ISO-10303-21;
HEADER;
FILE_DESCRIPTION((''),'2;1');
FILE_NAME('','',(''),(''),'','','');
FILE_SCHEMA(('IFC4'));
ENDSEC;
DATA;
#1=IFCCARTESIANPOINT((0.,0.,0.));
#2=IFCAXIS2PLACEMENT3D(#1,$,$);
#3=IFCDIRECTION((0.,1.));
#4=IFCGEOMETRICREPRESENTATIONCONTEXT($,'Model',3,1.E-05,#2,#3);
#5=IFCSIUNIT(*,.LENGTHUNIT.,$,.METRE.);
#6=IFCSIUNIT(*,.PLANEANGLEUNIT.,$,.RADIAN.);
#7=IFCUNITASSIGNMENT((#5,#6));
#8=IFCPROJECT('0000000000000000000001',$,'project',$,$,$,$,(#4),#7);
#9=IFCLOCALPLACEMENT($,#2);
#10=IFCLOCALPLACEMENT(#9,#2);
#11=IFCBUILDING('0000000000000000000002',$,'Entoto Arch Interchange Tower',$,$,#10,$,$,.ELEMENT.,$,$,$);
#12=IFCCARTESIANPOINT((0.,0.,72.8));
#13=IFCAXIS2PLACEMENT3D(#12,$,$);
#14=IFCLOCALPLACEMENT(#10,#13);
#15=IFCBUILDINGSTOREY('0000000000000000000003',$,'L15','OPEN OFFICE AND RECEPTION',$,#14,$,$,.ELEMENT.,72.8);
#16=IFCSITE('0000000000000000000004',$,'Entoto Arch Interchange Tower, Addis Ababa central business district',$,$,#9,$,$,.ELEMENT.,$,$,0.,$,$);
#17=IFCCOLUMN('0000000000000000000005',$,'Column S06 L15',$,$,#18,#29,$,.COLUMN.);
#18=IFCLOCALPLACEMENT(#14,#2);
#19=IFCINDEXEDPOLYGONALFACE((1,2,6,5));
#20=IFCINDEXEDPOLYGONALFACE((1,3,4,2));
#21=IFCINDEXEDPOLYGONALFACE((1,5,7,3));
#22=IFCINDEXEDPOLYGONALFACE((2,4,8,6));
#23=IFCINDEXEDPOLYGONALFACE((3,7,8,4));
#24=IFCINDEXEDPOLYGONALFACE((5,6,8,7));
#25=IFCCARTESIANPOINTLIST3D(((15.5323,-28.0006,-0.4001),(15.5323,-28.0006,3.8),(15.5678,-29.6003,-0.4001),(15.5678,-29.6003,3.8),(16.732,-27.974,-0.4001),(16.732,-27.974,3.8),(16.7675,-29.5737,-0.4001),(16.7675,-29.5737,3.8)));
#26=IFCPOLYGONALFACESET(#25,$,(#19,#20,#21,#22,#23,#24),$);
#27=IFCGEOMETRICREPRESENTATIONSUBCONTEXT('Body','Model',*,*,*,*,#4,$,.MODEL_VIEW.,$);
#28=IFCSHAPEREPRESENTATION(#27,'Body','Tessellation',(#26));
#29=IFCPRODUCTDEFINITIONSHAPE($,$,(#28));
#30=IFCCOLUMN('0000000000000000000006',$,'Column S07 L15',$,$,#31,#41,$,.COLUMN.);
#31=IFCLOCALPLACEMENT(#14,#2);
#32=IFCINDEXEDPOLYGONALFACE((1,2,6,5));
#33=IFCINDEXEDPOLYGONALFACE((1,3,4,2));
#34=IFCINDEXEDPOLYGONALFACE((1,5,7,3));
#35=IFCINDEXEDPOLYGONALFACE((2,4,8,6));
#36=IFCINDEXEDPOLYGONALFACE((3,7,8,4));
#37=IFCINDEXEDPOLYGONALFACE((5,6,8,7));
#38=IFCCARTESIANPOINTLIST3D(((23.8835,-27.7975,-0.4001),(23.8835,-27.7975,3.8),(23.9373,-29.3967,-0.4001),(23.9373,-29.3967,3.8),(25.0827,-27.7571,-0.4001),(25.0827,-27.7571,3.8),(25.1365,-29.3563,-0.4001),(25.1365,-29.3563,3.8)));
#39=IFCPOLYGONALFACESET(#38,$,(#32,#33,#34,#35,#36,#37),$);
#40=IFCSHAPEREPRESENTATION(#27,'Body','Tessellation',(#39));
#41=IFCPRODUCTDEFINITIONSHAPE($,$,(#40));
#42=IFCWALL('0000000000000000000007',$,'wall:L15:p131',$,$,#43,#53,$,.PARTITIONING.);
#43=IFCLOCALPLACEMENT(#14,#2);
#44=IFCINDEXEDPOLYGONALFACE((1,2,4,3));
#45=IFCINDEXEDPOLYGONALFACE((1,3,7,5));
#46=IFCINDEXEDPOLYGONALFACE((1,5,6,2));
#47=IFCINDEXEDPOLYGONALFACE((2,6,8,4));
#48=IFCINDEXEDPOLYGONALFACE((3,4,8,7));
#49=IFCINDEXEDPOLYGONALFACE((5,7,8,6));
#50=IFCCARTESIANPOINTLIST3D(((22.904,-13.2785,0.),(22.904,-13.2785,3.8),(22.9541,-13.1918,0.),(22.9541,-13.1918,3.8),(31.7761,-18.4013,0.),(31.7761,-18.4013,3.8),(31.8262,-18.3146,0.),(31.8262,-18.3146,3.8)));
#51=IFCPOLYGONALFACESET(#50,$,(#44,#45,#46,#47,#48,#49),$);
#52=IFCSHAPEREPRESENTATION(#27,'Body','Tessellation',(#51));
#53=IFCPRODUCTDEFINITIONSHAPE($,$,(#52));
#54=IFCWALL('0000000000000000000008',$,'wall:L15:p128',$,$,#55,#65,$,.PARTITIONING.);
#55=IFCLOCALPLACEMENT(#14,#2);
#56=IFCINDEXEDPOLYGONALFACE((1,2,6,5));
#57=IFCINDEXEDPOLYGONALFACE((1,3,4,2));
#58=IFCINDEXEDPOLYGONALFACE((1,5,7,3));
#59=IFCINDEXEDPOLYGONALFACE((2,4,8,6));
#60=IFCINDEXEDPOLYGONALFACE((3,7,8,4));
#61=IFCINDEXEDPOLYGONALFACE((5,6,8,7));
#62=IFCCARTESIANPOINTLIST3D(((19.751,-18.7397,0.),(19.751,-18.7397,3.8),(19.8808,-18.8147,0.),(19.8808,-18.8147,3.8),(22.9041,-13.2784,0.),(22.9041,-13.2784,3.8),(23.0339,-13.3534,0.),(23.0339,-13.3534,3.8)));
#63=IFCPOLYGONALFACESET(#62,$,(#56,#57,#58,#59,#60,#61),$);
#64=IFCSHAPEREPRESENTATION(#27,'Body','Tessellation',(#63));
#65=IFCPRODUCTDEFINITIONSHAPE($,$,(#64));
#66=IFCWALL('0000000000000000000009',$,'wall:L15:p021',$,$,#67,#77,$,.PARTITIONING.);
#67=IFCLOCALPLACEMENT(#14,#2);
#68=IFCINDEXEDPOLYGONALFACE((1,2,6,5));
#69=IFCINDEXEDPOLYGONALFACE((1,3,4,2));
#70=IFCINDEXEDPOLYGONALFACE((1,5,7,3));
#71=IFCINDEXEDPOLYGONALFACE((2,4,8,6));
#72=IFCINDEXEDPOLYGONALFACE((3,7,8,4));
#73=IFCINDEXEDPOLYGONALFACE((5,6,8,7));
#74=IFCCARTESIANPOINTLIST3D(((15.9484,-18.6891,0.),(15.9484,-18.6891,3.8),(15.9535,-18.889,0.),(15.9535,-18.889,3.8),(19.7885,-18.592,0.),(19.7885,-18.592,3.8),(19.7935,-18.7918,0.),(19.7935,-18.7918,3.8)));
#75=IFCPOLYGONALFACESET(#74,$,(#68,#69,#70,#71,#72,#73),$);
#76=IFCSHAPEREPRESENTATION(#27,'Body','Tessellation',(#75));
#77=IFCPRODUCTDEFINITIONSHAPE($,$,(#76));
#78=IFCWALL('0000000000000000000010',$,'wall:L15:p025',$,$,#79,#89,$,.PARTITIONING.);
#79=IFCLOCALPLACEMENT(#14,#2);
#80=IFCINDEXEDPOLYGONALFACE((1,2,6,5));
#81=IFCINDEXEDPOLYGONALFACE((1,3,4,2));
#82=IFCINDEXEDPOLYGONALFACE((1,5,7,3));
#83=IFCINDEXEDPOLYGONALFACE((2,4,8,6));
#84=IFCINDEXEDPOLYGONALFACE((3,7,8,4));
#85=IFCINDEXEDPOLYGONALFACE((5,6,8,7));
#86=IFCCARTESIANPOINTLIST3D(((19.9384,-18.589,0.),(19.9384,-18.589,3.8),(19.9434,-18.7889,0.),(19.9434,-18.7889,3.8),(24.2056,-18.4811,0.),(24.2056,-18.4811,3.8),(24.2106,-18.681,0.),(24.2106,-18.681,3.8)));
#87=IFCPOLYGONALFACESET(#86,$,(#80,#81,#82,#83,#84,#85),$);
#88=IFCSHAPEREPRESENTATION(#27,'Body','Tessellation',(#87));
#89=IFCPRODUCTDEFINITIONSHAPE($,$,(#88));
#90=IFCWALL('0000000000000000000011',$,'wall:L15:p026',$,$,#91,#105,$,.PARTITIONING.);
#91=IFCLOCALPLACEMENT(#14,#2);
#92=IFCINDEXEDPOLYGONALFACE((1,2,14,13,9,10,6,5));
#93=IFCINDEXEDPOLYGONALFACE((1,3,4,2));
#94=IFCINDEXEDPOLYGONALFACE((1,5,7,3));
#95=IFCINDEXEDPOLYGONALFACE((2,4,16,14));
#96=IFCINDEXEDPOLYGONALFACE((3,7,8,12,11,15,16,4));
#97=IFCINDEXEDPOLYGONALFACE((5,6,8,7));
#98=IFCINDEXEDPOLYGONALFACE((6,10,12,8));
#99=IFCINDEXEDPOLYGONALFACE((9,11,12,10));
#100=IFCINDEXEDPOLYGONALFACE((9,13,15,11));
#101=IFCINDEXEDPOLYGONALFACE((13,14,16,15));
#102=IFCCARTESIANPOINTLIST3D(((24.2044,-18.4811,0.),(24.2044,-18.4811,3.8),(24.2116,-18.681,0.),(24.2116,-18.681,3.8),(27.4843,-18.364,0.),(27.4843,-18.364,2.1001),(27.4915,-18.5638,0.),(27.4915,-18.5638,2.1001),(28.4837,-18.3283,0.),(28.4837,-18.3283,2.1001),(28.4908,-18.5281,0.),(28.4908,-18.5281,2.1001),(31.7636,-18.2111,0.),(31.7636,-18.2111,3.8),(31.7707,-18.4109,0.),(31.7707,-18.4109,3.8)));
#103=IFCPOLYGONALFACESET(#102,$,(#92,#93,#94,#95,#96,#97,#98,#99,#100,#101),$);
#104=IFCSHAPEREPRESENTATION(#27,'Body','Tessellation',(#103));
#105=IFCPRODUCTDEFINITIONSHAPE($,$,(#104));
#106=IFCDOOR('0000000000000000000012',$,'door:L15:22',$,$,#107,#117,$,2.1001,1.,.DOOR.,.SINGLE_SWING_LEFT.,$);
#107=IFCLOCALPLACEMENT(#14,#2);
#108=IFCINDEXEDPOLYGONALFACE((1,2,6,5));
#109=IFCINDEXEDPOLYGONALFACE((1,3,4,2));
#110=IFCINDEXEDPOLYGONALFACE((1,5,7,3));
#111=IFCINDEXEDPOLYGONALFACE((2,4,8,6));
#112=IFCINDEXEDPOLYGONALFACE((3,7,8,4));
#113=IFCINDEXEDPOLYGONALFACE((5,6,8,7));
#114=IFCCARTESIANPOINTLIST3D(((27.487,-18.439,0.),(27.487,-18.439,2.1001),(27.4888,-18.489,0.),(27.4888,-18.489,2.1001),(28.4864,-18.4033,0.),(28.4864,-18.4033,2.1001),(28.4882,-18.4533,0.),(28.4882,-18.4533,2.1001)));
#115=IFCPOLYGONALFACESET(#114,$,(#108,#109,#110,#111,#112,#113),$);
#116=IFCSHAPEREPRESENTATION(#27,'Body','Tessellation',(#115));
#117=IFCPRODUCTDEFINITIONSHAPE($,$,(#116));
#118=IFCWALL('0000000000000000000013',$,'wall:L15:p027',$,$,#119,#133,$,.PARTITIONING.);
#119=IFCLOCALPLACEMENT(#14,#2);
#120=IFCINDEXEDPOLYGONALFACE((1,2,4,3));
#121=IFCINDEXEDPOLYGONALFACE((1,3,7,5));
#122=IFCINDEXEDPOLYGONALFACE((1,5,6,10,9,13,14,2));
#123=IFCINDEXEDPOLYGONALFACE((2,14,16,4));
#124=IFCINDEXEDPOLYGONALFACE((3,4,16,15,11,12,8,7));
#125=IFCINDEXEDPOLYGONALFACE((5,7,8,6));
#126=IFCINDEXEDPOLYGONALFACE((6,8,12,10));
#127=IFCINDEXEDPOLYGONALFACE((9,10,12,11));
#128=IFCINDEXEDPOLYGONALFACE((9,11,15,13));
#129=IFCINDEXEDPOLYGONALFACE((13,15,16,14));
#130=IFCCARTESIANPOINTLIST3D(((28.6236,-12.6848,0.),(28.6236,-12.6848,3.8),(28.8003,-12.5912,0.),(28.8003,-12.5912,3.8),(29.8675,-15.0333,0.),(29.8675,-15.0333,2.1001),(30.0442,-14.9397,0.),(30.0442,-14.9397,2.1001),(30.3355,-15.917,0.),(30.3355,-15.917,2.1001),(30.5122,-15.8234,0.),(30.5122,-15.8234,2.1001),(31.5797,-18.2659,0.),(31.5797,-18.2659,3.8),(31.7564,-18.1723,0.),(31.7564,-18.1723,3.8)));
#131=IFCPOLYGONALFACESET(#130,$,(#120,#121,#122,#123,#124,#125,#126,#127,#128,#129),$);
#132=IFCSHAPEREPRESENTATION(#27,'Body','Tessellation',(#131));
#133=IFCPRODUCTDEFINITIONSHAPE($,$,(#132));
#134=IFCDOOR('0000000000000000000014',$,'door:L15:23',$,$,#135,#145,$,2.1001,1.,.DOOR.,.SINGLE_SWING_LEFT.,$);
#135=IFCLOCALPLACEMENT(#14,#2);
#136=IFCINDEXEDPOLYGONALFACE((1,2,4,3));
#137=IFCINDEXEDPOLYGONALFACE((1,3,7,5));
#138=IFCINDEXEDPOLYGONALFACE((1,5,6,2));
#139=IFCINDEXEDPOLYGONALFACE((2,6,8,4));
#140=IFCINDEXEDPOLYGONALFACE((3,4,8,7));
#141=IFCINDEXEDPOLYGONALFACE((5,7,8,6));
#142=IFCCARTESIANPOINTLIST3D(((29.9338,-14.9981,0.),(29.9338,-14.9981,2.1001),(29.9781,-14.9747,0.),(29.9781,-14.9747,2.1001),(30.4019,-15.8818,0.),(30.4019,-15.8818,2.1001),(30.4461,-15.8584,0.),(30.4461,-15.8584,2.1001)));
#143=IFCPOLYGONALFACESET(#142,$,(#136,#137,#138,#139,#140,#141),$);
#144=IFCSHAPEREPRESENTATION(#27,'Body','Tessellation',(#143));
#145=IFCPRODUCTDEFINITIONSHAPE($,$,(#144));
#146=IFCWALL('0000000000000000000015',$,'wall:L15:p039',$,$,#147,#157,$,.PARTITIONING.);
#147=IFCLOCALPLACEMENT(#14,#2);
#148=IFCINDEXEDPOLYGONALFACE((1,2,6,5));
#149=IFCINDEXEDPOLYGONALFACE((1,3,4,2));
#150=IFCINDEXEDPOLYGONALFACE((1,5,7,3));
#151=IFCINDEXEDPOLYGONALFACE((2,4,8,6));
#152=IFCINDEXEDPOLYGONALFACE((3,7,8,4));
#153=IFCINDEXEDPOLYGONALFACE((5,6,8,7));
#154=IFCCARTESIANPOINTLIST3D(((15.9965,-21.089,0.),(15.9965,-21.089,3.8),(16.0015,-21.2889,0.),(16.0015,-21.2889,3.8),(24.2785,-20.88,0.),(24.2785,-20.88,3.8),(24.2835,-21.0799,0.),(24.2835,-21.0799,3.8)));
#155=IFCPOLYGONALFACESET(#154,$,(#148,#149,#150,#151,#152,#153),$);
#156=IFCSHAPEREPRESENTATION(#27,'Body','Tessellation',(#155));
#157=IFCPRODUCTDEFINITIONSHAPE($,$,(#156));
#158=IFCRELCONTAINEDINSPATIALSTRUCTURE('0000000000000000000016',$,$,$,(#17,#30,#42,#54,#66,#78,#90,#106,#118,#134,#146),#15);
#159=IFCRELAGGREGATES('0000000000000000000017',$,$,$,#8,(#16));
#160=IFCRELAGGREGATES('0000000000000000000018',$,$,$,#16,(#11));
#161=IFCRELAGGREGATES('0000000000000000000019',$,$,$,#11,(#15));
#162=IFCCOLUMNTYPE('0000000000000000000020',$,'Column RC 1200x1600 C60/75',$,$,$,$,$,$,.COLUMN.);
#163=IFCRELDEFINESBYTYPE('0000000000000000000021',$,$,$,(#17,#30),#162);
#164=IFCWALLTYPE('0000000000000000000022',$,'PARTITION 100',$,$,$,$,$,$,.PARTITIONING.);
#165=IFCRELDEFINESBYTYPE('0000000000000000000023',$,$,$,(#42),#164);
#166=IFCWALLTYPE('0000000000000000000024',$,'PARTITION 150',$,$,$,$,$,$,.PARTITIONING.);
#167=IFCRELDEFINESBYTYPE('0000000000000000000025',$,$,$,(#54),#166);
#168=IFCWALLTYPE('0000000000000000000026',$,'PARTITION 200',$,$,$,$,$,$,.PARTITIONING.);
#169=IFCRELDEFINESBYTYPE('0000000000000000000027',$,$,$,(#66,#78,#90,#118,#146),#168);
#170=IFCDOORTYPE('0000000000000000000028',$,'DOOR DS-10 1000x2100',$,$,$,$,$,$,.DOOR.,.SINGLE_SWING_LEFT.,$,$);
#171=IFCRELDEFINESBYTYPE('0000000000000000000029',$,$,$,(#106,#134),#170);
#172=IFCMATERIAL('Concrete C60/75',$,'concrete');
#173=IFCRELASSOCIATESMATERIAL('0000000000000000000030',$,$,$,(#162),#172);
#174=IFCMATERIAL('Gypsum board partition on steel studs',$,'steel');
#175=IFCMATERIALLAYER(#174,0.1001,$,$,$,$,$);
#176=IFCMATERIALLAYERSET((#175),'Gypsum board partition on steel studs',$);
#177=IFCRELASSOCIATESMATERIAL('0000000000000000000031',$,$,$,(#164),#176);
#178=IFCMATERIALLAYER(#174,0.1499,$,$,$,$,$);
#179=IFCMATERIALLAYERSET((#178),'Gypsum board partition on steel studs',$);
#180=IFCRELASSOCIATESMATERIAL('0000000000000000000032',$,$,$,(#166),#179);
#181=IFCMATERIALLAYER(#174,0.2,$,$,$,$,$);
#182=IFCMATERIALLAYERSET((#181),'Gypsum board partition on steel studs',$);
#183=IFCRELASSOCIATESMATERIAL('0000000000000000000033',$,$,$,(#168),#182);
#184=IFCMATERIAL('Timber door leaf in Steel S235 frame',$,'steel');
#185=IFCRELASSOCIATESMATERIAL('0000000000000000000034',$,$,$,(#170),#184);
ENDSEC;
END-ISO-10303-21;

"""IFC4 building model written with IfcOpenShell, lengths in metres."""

from ifc_helpers import new_model, si_unit, direction, frame, frame_2d, origin, origin_2d, place, context, subcontext, project, spatial, rectangle, extrude, material, layer, layer_set, material_profile, profile_set, type_object, element, fill, save


model = new_model("IFC4")

# Units and contexts
model_context = context("Model", 3, precision=1e-05, world=origin(), true_north=direction((0.0, 1.0)))
body_context = subcontext(model_context, "Body", "Model", "MODEL_VIEW")
ifc_project = project(units=[si_unit("LENGTHUNIT", "METRE"), si_unit("PLANEANGLEUNIT", "RADIAN")], contexts=[model_context])

# Site, building, storey
site_placement = place(None, origin())
site = spatial("IfcSite", under=ifc_project, at=site_placement, Name="Entoto Arch Interchange Tower, Addis Ababa central business district", CompositionType="ELEMENT", RefElevation=0.0)
building_placement = place(site_placement, origin())
building = spatial("IfcBuilding", under=site, at=building_placement, Name="Entoto Arch Interchange Tower", CompositionType="ELEMENT")
storey_placement = place(building_placement, frame((0.0, 0.0, 72.8)))
storey = spatial("IfcBuildingStorey", under=building, at=storey_placement, Name="L15", Description="OPEN OFFICE AND RECEPTION", CompositionType="ELEMENT", Elevation=72.8)

# Columns
ifc_material_1 = material(Name="Concrete C60/75", Category="concrete")
ifc_material_profile = material_profile(ifc_material_1, rectangle(XDim=1.2, YDim=1.6001, at=origin_2d()))
ifc_profile_set = profile_set([ifc_material_profile], Name="Concrete C60/75")
column_type = type_object("IfcColumnType", Name="Column RC 1200x1600 C60/75", PredefinedType="COLUMN", material=ifc_profile_set)
for number, where, z_axis, x_axis, name in (
    (1, (16.1499, -28.7871, -0.4001), (0.0, 0.0, 1.0), (0.999754, 0.022164, 0.0), "Column S06 L15"),
    (2, (24.51, -28.5769, -0.4001), (0.0, 0.0, 1.0), (0.999434, 0.033626, 0.0), "Column S07 L15"),
):
    element("IfcColumn", number, at=place(storey_placement, frame(where, z_axis=z_axis, x_axis=x_axis)), inside=storey, type_object=column_type, Name=name, PredefinedType="COLUMN", context=body_context, shape_type="SweptSolid", body=[
        extrude(rectangle(XDim=1.2, YDim=1.6001, at=origin_2d()), origin(), (0.0, 0.0, 1.0), 4.2002),
    ])

# Walls
ifc_material_2 = material(Name="Gypsum board partition on steel studs", Category="steel")
ifc_layer_1 = layer(ifc_material_2, 0.1001)
ifc_layer_set_1 = layer_set([ifc_layer_1], Name="Gypsum board partition on steel studs")
wall_type_1 = type_object("IfcWallType", Name="PARTITION 100", PredefinedType="PARTITIONING", material=ifc_layer_set_1)
wall_1_placement = place(storey_placement, frame((22.929, -13.2351, 0.0), z_axis=(0.0, 0.0, 1.0), x_axis=(0.866004, -0.500037, 0.0)))
element("IfcWall", 3, at=wall_1_placement, inside=storey, type_object=wall_type_1, Name="wall:L15:p131", PredefinedType="PARTITIONING", context=body_context, shape_type="SweptSolid", body=[
    extrude(rectangle(XDim=10.2449, YDim=0.1001, at=frame_2d((5.1226, 0.0))), origin(), (0.0, 0.0, 1.0), 3.8),
])
ifc_layer_2 = layer(ifc_material_2, 0.1499)
ifc_layer_set_2 = layer_set([ifc_layer_2], Name="Gypsum board partition on steel studs")
wall_type_2 = type_object("IfcWallType", Name="PARTITION 150", PredefinedType="PARTITIONING", material=ifc_layer_set_2)
wall_2_placement = place(storey_placement, frame((22.969, -13.3159, 0.0), z_axis=(0.0, 0.0, 1.0), x_axis=(-0.500007, -0.866021, 0.0)))
element("IfcWall", 4, at=wall_2_placement, inside=storey, type_object=wall_type_2, Name="wall:L15:p128", PredefinedType="PARTITIONING", context=body_context, shape_type="SweptSolid", body=[
    extrude(rectangle(XDim=6.3062, YDim=0.1499, at=frame_2d((3.1531, 0.0))), origin(), (0.0, 0.0, 1.0), 3.8),
])
ifc_layer_3 = layer(ifc_material_2, 0.2)
ifc_layer_set_3 = layer_set([ifc_layer_3], Name="Gypsum board partition on steel studs")
wall_type_3 = type_object("IfcWallType", Name="PARTITION 200", PredefinedType="PARTITIONING", material=ifc_layer_set_3)
wall_3_placement = place(storey_placement, frame((15.9509, -18.7891, 0.0), z_axis=(0.0, 0.0, 1.0), x_axis=(0.99968, 0.025295, 0.0)))
element("IfcWall", 5, at=wall_3_placement, inside=storey, type_object=wall_type_3, Name="wall:L15:p021", PredefinedType="PARTITIONING", context=body_context, shape_type="SweptSolid", body=[
    extrude(rectangle(XDim=3.8413, YDim=0.2, at=frame_2d((1.9207, 0.0))), origin(), (0.0, 0.0, 1.0), 3.8),
])
wall_4_placement = place(storey_placement, frame((19.9409, -18.689, 0.0), z_axis=(0.0, 0.0, 1.0), x_axis=(0.99968, 0.025281, 0.0)))
element("IfcWall", 6, at=wall_4_placement, inside=storey, type_object=wall_type_3, Name="wall:L15:p025", PredefinedType="PARTITIONING", context=body_context, shape_type="SweptSolid", body=[
    extrude(rectangle(XDim=4.2686, YDim=0.2, at=frame_2d((2.1343, 0.0))), origin(), (0.0, 0.0, 1.0), 3.8),
])

# Walls, openings, doors
wall_5_placement = place(storey_placement, frame((24.208, -18.5811, 0.0), z_axis=(0.0, 0.0, 1.0), x_axis=(0.999363, 0.035698, 0.0)))
wall_5 = element("IfcWall", 7, at=wall_5_placement, inside=storey, type_object=wall_type_3, Name="wall:L15:p026", PredefinedType="PARTITIONING", context=body_context, shape_type="SweptSolid", body=[
    extrude(rectangle(XDim=7.564, YDim=0.2, at=frame_2d((3.782, 0.0))), origin(), (0.0, 0.0, 1.0), 3.8),
])
opening_1_placement = place(wall_5_placement, frame((3.282, 0.0, 0.0)))
opening_1 = element("IfcOpeningElement", 8, at=opening_1_placement, cuts=wall_5, PredefinedType="OPENING", context=body_context, shape_type="SweptSolid", body=[
    extrude(rectangle(XDim=1.0, YDim=2.1001, at=frame_2d((0.5, 1.05))), frame((0.0, 0.1099, 0.0), z_axis=(0.0, -1.0, 0.0), x_axis=(1.0, 0.0, 0.0)), (0.0, 0.0, 1.0), 0.22),
])
ifc_material_3 = material(Name="Timber door leaf in Steel S235 frame", Category="steel")
door_type = type_object("IfcDoorType", Name="DOOR DS-10 1000x2100", OperationType="SINGLE_SWING_LEFT", PredefinedType="DOOR", material=ifc_material_3)
door_1_placement = place(opening_1_placement, origin())
door_1 = element("IfcDoor", 9, at=door_1_placement, inside=storey, type_object=door_type, Name="door:L15:22", OperationType="SINGLE_SWING_LEFT", OverallHeight=2.1001, OverallWidth=1.0, PredefinedType="DOOR", context=body_context, shape_type="SweptSolid", body=[
    extrude(rectangle(XDim=1.0, YDim=2.1001, at=frame_2d((0.5, 1.05))), frame((0.0, 0.0249, 0.0), z_axis=(0.0, -1.0, 0.0), x_axis=(1.0, 0.0, 0.0)), (0.0, 0.0, 1.0), 0.05),
])
fill(opening_1, door_1)
wall_6_placement = place(storey_placement, frame((31.668, -18.219, 0.0), z_axis=(0.0, 0.0, 1.0), x_axis=(-0.468058, 0.883698, 0.0)))
wall_6 = element("IfcWall", 10, at=wall_6_placement, inside=storey, type_object=wall_type_3, Name="wall:L15:p027", PredefinedType="PARTITIONING", context=body_context, shape_type="SweptSolid", body=[
    extrude(rectangle(XDim=6.3157, YDim=0.2, at=frame_2d((3.1577, 0.0))), origin(), (0.0, 0.0, 1.0), 3.8),
])
opening_2_placement = place(wall_6_placement, frame((2.658, 0.0, 0.0)))
opening_2 = element("IfcOpeningElement", 11, at=opening_2_placement, cuts=wall_6, PredefinedType="OPENING", context=body_context, shape_type="SweptSolid", body=[
    extrude(rectangle(XDim=1.0, YDim=2.1001, at=frame_2d((0.5, 1.05))), frame((0.0, 0.1099, 0.0), z_axis=(0.0, -1.0, 0.0), x_axis=(1.0, 0.0, 0.0)), (0.0, 0.0, 1.0), 0.22),
])
door_2_placement = place(opening_2_placement, origin())
door_2 = element("IfcDoor", 12, at=door_2_placement, inside=storey, type_object=door_type, Name="door:L15:23", OperationType="SINGLE_SWING_LEFT", OverallHeight=2.1001, OverallWidth=1.0, PredefinedType="DOOR", context=body_context, shape_type="SweptSolid", body=[
    extrude(rectangle(XDim=1.0, YDim=2.1001, at=frame_2d((0.5, 1.05))), frame((0.0, 0.0249, 0.0), z_axis=(0.0, -1.0, 0.0), x_axis=(1.0, 0.0, 0.0)), (0.0, 0.0, 1.0), 0.05),
])
fill(opening_2, door_2)

# Wall
wall_7_placement = place(storey_placement, frame((24.281, -20.98, 0.0), z_axis=(0.0, 0.0, 1.0), x_axis=(-0.999682, -0.025226, 0.0)))
element("IfcWall", 13, at=wall_7_placement, inside=storey, type_object=wall_type_3, Name="wall:L15:p039", PredefinedType="PARTITIONING", context=body_context, shape_type="SweptSolid", body=[
    extrude(rectangle(XDim=8.2847, YDim=0.2, at=frame_2d((4.1423, 0.0))), origin(), (0.0, 0.0, 1.0), 3.8),
])

save(model, "model.ifc")
